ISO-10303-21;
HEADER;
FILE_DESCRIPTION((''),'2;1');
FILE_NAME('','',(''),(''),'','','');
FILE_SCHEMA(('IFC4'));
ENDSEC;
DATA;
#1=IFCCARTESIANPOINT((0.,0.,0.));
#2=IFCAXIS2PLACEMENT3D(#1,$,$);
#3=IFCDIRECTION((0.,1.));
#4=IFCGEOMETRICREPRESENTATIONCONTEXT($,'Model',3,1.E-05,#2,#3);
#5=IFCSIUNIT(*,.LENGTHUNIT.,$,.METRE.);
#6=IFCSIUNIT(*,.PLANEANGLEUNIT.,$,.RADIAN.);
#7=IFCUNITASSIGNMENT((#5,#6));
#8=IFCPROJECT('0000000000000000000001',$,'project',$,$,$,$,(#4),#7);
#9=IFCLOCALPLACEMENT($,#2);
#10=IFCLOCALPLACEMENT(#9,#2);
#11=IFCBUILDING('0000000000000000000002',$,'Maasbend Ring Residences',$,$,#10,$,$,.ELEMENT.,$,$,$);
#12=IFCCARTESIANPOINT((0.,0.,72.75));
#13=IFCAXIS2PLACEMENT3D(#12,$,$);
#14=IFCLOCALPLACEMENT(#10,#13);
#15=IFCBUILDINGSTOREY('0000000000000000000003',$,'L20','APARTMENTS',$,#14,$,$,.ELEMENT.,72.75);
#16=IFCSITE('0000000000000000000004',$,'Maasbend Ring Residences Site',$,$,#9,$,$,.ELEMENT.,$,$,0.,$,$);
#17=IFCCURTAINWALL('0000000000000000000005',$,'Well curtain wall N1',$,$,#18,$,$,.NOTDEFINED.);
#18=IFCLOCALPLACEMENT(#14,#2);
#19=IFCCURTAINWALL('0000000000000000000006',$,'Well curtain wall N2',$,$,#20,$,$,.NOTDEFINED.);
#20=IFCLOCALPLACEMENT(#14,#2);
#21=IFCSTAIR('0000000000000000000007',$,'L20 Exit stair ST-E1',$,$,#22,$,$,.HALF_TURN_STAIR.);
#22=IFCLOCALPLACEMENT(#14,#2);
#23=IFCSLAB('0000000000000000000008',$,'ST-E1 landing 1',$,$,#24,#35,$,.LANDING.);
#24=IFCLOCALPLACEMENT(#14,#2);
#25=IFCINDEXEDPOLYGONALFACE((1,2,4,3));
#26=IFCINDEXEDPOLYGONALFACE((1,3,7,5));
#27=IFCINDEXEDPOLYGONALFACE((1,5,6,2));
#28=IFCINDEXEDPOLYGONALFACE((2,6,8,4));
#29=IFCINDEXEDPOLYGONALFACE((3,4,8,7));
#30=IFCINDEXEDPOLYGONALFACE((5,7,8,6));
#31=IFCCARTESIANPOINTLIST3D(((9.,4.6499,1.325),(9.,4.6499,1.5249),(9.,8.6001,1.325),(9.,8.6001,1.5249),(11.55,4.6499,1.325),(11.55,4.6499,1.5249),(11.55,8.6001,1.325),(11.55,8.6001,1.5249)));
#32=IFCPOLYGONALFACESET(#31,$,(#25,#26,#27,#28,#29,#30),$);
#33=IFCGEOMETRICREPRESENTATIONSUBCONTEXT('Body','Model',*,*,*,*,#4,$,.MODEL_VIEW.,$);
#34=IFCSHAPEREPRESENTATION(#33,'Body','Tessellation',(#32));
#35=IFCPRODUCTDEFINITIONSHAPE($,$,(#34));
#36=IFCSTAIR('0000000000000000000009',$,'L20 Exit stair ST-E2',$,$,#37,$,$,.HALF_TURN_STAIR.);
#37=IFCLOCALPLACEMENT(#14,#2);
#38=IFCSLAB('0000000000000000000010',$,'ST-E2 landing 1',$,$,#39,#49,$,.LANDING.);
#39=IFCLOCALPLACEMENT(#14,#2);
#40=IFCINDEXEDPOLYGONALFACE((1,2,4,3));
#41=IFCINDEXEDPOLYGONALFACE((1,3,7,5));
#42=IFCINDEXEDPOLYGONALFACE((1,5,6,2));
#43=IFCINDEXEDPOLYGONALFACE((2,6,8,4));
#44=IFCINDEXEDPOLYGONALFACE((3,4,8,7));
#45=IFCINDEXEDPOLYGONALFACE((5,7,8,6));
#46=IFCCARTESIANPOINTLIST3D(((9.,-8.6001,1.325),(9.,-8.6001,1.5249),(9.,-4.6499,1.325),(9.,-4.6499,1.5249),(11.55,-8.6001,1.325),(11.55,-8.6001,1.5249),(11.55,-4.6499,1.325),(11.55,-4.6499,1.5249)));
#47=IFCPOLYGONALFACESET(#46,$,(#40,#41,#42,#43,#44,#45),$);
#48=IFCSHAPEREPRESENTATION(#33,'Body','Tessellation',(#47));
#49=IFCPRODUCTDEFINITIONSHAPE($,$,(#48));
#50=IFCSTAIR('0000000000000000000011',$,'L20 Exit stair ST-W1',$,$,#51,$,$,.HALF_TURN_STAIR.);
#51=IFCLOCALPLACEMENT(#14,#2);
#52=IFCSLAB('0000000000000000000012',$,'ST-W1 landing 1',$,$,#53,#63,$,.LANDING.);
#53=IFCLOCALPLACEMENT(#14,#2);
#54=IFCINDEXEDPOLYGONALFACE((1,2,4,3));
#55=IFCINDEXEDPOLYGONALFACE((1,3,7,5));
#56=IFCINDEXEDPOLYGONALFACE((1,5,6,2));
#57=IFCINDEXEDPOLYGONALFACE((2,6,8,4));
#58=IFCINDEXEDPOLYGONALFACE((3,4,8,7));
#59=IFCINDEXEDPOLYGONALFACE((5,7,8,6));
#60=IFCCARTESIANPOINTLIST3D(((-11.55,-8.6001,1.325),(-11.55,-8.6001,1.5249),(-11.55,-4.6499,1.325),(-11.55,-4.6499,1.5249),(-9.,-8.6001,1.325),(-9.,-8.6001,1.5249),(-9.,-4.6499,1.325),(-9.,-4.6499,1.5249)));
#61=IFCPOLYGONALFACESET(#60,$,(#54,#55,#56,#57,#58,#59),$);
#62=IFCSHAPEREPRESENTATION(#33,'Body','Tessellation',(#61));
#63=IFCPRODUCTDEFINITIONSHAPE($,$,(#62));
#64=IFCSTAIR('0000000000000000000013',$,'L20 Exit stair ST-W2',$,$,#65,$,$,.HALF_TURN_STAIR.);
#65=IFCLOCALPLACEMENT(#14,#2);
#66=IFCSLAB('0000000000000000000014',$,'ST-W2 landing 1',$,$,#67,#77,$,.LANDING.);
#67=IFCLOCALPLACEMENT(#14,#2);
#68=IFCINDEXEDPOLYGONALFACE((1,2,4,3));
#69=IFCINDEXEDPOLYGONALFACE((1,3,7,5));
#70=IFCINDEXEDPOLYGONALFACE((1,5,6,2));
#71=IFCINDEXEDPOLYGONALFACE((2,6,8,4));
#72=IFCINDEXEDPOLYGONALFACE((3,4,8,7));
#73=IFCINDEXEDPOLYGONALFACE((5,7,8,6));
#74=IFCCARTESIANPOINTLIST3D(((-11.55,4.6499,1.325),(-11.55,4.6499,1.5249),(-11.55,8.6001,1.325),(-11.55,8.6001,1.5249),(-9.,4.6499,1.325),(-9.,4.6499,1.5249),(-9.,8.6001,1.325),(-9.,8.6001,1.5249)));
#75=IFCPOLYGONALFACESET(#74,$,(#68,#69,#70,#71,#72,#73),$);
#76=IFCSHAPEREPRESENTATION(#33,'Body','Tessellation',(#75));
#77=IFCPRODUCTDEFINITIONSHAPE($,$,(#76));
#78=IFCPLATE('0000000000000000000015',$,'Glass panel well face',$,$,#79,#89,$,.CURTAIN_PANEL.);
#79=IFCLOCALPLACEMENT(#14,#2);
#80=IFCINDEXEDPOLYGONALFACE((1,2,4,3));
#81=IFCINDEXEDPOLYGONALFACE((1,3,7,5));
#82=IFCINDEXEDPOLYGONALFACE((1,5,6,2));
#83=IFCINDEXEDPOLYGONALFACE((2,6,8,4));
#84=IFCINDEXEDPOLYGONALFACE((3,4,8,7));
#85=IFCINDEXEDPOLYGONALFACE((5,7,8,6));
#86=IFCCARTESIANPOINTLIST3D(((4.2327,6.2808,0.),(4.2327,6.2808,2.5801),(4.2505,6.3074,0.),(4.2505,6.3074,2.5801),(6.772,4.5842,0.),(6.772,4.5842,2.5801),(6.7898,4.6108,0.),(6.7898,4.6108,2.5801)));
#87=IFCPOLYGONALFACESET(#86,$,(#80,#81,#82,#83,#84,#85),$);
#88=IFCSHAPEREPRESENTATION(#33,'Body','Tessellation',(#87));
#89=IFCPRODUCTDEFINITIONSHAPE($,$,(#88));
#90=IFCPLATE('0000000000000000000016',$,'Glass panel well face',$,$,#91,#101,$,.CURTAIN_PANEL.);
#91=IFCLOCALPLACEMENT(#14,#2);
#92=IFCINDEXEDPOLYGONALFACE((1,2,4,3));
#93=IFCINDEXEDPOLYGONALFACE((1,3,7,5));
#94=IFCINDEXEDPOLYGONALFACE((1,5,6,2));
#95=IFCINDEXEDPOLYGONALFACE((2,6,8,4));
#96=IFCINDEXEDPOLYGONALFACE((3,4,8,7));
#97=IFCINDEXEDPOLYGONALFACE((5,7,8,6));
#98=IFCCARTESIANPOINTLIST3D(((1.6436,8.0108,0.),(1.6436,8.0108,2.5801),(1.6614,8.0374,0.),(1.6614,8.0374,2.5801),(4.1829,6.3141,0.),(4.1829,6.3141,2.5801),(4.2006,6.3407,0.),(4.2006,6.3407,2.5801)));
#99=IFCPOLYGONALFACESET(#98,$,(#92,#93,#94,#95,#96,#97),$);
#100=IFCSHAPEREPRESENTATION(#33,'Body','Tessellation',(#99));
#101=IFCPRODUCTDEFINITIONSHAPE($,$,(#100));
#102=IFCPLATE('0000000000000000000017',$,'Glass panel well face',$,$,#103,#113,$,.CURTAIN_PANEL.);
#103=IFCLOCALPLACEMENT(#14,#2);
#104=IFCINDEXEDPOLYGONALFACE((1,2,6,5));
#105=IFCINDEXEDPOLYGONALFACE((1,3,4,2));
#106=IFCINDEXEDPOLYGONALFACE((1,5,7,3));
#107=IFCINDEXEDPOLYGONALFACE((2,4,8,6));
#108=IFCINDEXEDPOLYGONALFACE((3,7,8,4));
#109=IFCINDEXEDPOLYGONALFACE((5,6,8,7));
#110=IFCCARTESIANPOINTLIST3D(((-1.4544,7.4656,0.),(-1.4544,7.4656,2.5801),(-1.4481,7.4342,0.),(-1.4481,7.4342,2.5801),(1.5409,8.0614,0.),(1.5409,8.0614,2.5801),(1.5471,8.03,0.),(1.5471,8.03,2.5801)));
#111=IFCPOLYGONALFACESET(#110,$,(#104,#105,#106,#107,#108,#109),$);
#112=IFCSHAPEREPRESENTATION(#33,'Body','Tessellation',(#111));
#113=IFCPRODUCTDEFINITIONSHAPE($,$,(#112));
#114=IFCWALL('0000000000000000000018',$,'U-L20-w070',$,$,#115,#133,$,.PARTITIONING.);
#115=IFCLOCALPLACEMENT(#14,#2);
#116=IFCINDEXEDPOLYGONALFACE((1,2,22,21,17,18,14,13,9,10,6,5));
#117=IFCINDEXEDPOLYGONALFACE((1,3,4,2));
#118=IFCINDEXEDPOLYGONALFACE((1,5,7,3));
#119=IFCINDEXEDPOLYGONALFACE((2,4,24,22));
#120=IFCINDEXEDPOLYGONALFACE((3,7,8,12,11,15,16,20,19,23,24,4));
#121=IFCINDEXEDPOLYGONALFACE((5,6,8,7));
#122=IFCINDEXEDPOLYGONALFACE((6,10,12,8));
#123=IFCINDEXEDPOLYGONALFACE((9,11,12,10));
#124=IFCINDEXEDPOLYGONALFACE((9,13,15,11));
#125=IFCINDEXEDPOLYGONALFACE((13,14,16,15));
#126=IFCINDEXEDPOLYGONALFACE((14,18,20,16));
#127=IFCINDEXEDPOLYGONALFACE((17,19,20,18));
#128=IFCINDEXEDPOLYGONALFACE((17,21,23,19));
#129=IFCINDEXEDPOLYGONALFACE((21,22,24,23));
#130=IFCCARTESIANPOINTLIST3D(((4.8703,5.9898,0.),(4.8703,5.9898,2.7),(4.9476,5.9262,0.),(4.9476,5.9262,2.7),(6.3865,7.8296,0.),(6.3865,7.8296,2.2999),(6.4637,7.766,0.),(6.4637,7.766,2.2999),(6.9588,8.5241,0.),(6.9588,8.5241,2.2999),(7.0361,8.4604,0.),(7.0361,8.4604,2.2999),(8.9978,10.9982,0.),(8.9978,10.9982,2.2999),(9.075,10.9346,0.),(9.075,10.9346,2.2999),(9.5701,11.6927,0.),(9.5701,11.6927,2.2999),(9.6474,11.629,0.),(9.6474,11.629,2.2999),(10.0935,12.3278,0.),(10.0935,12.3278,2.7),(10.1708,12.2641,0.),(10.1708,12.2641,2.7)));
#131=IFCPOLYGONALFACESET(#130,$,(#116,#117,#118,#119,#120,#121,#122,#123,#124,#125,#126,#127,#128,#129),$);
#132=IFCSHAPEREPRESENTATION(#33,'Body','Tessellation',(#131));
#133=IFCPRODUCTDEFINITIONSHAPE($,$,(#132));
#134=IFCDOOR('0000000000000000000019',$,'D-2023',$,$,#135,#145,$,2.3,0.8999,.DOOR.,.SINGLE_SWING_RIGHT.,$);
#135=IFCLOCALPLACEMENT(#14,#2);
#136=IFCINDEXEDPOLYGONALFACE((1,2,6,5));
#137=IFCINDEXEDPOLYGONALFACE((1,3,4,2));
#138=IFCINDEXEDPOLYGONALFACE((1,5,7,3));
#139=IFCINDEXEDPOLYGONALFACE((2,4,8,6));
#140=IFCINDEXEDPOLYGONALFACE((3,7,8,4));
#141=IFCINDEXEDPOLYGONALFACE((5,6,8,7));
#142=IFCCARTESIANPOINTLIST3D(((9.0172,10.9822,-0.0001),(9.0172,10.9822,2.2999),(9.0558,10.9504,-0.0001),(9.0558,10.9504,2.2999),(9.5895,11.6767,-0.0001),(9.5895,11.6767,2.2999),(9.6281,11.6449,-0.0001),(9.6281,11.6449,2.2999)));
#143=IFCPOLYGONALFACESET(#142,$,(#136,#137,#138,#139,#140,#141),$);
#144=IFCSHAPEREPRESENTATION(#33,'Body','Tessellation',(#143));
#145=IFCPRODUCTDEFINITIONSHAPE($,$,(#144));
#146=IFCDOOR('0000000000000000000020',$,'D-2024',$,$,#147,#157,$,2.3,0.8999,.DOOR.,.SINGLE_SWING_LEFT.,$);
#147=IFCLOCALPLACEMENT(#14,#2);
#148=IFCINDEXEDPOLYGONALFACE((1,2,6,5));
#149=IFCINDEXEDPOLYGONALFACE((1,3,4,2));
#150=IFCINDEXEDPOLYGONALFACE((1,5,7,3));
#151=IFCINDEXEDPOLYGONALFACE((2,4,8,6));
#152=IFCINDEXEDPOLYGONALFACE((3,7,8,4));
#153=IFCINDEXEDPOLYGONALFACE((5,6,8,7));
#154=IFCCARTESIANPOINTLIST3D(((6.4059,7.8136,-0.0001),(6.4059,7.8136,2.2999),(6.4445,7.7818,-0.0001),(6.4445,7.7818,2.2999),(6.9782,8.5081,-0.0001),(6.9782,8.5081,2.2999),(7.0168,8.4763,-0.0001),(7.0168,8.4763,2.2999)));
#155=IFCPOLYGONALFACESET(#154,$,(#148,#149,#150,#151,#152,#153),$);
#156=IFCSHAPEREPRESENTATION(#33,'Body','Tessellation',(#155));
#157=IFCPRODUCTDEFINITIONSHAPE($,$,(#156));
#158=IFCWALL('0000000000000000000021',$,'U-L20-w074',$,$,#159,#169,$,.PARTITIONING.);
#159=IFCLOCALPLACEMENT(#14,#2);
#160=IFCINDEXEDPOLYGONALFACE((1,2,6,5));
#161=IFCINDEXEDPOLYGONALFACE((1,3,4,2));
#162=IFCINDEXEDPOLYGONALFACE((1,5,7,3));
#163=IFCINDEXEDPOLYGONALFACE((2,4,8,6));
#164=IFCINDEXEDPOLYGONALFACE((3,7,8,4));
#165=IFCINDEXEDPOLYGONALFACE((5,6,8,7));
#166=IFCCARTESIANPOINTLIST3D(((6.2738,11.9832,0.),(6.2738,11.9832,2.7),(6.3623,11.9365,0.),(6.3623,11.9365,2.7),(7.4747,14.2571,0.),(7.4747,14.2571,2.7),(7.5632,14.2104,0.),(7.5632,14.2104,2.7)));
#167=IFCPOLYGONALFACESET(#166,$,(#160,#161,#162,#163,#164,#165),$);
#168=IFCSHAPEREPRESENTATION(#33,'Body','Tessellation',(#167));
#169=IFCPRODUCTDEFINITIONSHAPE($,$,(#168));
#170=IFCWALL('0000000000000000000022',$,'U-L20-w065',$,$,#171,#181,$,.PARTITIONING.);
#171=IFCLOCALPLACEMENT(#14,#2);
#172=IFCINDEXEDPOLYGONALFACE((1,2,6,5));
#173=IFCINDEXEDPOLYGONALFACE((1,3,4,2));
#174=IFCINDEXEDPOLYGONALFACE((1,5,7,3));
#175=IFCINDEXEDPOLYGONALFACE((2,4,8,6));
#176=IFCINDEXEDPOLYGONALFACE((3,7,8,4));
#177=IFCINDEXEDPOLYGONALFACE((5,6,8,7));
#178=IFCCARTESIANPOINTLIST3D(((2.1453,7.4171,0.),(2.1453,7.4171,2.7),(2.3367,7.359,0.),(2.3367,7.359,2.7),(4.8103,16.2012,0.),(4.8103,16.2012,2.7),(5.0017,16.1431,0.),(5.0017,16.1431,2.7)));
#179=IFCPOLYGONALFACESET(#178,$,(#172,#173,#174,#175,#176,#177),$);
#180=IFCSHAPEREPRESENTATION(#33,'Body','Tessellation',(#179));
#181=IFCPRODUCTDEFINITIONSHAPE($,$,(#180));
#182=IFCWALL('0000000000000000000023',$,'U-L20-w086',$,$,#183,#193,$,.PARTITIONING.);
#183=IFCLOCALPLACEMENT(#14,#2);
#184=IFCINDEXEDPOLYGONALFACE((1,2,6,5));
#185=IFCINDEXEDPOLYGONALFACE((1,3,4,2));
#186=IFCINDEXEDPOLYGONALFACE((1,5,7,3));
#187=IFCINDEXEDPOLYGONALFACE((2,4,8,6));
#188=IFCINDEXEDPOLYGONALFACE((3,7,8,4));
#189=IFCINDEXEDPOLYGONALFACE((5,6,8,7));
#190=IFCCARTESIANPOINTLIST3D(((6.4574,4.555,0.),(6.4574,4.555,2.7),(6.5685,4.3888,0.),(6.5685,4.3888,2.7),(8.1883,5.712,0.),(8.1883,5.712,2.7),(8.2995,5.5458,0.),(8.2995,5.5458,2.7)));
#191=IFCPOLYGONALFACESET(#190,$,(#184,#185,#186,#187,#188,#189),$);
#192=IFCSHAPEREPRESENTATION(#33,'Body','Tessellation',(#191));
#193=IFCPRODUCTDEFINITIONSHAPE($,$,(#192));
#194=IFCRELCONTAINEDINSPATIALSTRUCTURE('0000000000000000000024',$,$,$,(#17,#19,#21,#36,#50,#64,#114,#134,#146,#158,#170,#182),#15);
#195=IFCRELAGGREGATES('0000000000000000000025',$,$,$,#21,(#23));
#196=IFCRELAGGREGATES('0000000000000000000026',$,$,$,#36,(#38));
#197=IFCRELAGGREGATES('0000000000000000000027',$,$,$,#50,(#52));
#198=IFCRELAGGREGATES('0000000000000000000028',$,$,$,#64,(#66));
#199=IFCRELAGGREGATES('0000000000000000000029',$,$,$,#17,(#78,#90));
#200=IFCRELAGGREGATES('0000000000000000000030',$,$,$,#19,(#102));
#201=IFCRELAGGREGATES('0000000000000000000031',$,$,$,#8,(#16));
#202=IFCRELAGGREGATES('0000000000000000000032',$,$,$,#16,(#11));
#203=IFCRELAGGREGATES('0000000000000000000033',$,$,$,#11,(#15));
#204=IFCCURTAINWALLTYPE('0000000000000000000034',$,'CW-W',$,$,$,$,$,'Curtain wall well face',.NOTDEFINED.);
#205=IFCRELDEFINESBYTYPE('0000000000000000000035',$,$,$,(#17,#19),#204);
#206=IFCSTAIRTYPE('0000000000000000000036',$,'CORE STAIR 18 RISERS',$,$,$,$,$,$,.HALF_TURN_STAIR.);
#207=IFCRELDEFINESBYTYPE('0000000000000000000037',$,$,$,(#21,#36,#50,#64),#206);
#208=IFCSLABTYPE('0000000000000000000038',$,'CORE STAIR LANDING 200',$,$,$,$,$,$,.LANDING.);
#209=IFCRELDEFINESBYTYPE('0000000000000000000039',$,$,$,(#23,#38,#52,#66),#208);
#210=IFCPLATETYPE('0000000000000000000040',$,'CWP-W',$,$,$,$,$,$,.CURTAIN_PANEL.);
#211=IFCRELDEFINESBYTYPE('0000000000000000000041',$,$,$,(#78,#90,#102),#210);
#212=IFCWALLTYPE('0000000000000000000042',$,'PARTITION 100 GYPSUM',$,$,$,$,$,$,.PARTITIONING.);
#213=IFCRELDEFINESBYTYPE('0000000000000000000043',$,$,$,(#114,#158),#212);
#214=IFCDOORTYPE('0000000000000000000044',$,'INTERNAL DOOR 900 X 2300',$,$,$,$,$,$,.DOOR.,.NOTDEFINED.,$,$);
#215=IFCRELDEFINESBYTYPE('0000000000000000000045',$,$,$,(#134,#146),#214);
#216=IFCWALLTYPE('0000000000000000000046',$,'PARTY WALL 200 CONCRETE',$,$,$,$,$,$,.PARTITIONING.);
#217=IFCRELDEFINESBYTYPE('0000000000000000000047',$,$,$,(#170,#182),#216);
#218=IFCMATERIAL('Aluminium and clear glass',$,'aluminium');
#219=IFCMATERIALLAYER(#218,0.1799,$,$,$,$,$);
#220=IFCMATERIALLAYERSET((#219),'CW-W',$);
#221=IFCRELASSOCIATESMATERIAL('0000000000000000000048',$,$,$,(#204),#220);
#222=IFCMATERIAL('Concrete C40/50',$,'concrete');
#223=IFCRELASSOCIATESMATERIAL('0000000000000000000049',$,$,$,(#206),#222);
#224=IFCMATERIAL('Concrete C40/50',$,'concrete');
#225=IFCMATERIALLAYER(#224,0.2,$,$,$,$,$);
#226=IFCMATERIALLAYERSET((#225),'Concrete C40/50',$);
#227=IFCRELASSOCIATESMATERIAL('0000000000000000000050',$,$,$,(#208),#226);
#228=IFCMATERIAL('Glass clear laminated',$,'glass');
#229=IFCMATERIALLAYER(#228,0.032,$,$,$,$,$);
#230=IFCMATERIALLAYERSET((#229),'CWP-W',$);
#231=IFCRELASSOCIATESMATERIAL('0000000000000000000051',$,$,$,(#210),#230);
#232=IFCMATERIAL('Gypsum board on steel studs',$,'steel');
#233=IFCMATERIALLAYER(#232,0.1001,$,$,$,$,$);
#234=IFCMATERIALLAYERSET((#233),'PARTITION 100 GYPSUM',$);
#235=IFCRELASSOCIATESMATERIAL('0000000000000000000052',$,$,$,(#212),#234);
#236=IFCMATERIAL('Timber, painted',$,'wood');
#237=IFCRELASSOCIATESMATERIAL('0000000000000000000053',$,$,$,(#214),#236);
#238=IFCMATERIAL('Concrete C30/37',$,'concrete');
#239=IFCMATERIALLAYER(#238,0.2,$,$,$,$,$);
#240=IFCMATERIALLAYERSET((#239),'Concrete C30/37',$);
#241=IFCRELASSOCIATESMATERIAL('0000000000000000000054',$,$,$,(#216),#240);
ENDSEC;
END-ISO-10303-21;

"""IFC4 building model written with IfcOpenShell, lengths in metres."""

from ifc_helpers import new_model, si_unit, direction, frame, frame_2d, origin, origin_2d, place, context, subcontext, project, spatial, polyline, rectangle, outline, extrude, material, layer, layer_set, type_object, element, fill, aggregate, save


model = new_model("IFC4")

# Units and contexts
model_context = context("Model", 3, precision=1e-05, world=origin(), true_north=direction((0.0, 1.0)))
body_context = subcontext(model_context, "Body", "Model", "MODEL_VIEW")
ifc_project = project(units=[si_unit("LENGTHUNIT", "METRE"), si_unit("PLANEANGLEUNIT", "RADIAN")], contexts=[model_context])

# Site, building, storey
site_placement = place(None, origin())
site = spatial("IfcSite", under=ifc_project, at=site_placement, Name="Maasbend Ring Residences Site", CompositionType="ELEMENT", RefElevation=0.0)
building_placement = place(site_placement, origin())
building = spatial("IfcBuilding", under=site, at=building_placement, Name="Maasbend Ring Residences", CompositionType="ELEMENT")
storey_placement = place(building_placement, frame((0.0, 0.0, 72.75)))
storey = spatial("IfcBuildingStorey", under=building, at=storey_placement, Name="L20", Description="APARTMENTS", CompositionType="ELEMENT", Elevation=72.75)

# Curtain wall
ifc_material_1 = material(Name="Aluminium and clear glass", Category="aluminium")
ifc_layer_1 = layer(ifc_material_1, 0.1799)
ifc_layer_set_1 = layer_set([ifc_layer_1], Name="CW-W")
curtain_wall_type = type_object("IfcCurtainWallType", Name="CW-W", ElementType="Curtain wall well face", PredefinedType="NOTDEFINED", material=ifc_layer_set_1)
curtain_wall_1_placement = place(storey_placement, origin())
curtain_wall_1 = element("IfcCurtainWall", 1, at=curtain_wall_1_placement, inside=storey, type_object=curtain_wall_type, Name="Well curtain wall N1", PredefinedType="NOTDEFINED")

# Curtain wall
curtain_wall_2_placement = place(storey_placement, origin())
curtain_wall_2 = element("IfcCurtainWall", 2, at=curtain_wall_2_placement, inside=storey, type_object=curtain_wall_type, Name="Well curtain wall N2", PredefinedType="NOTDEFINED")

# Stairs, slabs
ifc_material_2 = material(Name="Concrete C40/50", Category="concrete")
stair_type = type_object("IfcStairType", Name="CORE STAIR 18 RISERS", PredefinedType="HALF_TURN_STAIR", material=ifc_material_2)
stair_1_placement = place(storey_placement, origin())
stair_1 = element("IfcStair", 3, at=stair_1_placement, inside=storey, type_object=stair_type, Name="L20 Exit stair ST-E1", PredefinedType="HALF_TURN_STAIR")
ifc_material_3 = material(Name="Concrete C40/50", Category="concrete")
ifc_layer_2 = layer(ifc_material_3, 0.2)
ifc_layer_set_2 = layer_set([ifc_layer_2], Name="Concrete C40/50")
slab_type = type_object("IfcSlabType", Name="CORE STAIR LANDING 200", PredefinedType="LANDING", material=ifc_layer_set_2)
slab_1_placement = place(storey_placement, frame((0.0, 0.0, 1.325)))
slab_1 = element("IfcSlab", 4, at=slab_1_placement, type_object=slab_type, Name="ST-E1 landing 1", PredefinedType="LANDING", context=body_context, shape_type="SweptSolid", body=[
    extrude(outline(polyline([(11.55, 8.6001), (9.0, 8.6001), (9.0, 4.6499), (11.55, 4.6499), (11.55, 8.6001)])), origin(), (0.0, 0.0, 1.0), 0.2),
])
aggregate(stair_1, [slab_1])
stair_2_placement = place(storey_placement, origin())
stair_2 = element("IfcStair", 5, at=stair_2_placement, inside=storey, type_object=stair_type, Name="L20 Exit stair ST-E2", PredefinedType="HALF_TURN_STAIR")
slab_2_placement = place(storey_placement, frame((0.0, 0.0, 1.325)))
slab_2 = element("IfcSlab", 6, at=slab_2_placement, type_object=slab_type, Name="ST-E2 landing 1", PredefinedType="LANDING", context=body_context, shape_type="SweptSolid", body=[
    extrude(outline(polyline([(11.55, -4.6499), (9.0, -4.6499), (9.0, -8.6001), (11.55, -8.6001), (11.55, -4.6499)])), origin(), (0.0, 0.0, 1.0), 0.2),
])
aggregate(stair_2, [slab_2])
stair_3_placement = place(storey_placement, origin())
stair_3 = element("IfcStair", 7, at=stair_3_placement, inside=storey, type_object=stair_type, Name="L20 Exit stair ST-W1", PredefinedType="HALF_TURN_STAIR")
slab_3_placement = place(storey_placement, frame((0.0, 0.0, 1.325)))
slab_3 = element("IfcSlab", 8, at=slab_3_placement, type_object=slab_type, Name="ST-W1 landing 1", PredefinedType="LANDING", context=body_context, shape_type="SweptSolid", body=[
    extrude(outline(polyline([(-11.55, -8.6001), (-9.0, -8.6001), (-9.0, -4.6499), (-11.55, -4.6499), (-11.55, -8.6001)])), origin(), (0.0, 0.0, 1.0), 0.2),
])
aggregate(stair_3, [slab_3])
stair_4_placement = place(storey_placement, origin())
stair_4 = element("IfcStair", 9, at=stair_4_placement, inside=storey, type_object=stair_type, Name="L20 Exit stair ST-W2", PredefinedType="HALF_TURN_STAIR")
slab_4_placement = place(storey_placement, frame((0.0, 0.0, 1.325)))
slab_4 = element("IfcSlab", 10, at=slab_4_placement, type_object=slab_type, Name="ST-W2 landing 1", PredefinedType="LANDING", context=body_context, shape_type="SweptSolid", body=[
    extrude(outline(polyline([(-11.55, 4.6499), (-9.0, 4.6499), (-9.0, 8.6001), (-11.55, 8.6001), (-11.55, 4.6499)])), origin(), (0.0, 0.0, 1.0), 0.2),
])
aggregate(stair_4, [slab_4])

# Plates
ifc_material_4 = material(Name="Glass clear laminated", Category="glass")
ifc_layer_3 = layer(ifc_material_4, 0.032)
ifc_layer_set_3 = layer_set([ifc_layer_3], Name="CWP-W")
plate_type = type_object("IfcPlateType", Name="CWP-W", PredefinedType="CURTAIN_PANEL", material=ifc_layer_set_3)
plate_1_placement = place(storey_placement, frame((5.5112, 5.4458, 0.0), z_axis=(0.0, 0.0, 1.0), x_axis=(-0.83147, 0.55557, 0.0)))
plate_1 = element("IfcPlate", 11, at=plate_1_placement, type_object=plate_type, Name="Glass panel well face", PredefinedType="CURTAIN_PANEL", context=body_context, shape_type="SweptSolid", body=[
    extrude(rectangle(XDim=3.054, YDim=0.032, at=origin_2d()), origin(), (0.0, 0.0, 1.0), 2.5801),
])
plate_2_placement = place(storey_placement, frame((2.9221, 7.1758, 0.0), z_axis=(0.0, 0.0, 1.0), x_axis=(-0.83147, 0.55557, 0.0)))
plate_2 = element("IfcPlate", 12, at=plate_2_placement, type_object=plate_type, Name="Glass panel well face", PredefinedType="CURTAIN_PANEL", context=body_context, shape_type="SweptSolid", body=[
    extrude(rectangle(XDim=3.054, YDim=0.032, at=origin_2d()), origin(), (0.0, 0.0, 1.0), 2.5801),
])
aggregate(curtain_wall_1, [plate_1, plate_2])
plate_3_placement = place(storey_placement, frame((0.0464, 7.7478, 0.0), z_axis=(0.0, 0.0, 1.0), x_axis=(-0.980785, -0.19509, 0.0)))
plate_3 = element("IfcPlate", 13, at=plate_3_placement, type_object=plate_type, Name="Glass panel well face", PredefinedType="CURTAIN_PANEL", context=body_context, shape_type="SweptSolid", body=[
    extrude(rectangle(XDim=3.054, YDim=0.032, at=origin_2d()), origin(), (0.0, 0.0, 1.0), 2.5801),
])
aggregate(curtain_wall_2, [plate_3])

# Wall, openings, doors
ifc_material_5 = material(Name="Gypsum board on steel studs", Category="steel")
ifc_layer_4 = layer(ifc_material_5, 0.1001)
ifc_layer_set_4 = layer_set([ifc_layer_4], Name="PARTITION 100 GYPSUM")
wall_type_1 = type_object("IfcWallType", Name="PARTITION 100 GYPSUM", PredefinedType="PARTITIONING", material=ifc_layer_set_4)
wall_1_placement = place(storey_placement, frame((4.9089, 5.958, 0.0), z_axis=(0.0, 0.0, 1.0), x_axis=(0.635976, 0.771709, 0.0)))
wall_1 = element("IfcWall", 14, at=wall_1_placement, inside=storey, type_object=wall_type_1, Name="U-L20-w070", PredefinedType="PARTITIONING", context=body_context, shape_type="SweptSolid", body=[
    extrude(rectangle(XDim=8.2129, YDim=0.1001, at=frame_2d((4.1064, 0.0))), origin(), (0.0, 0.0, 1.0), 2.7),
])
opening_1_placement = place(wall_1_placement, frame((6.49, 0.0, 0.0)))
opening_1 = element("IfcOpeningElement", 15, at=opening_1_placement, cuts=wall_1, PredefinedType="OPENING", context=body_context, shape_type="SweptSolid", body=[
    extrude(rectangle(XDim=0.8999, YDim=2.3, at=frame_2d((0.45, 1.1499))), frame((0.0, 0.0601, 0.0), z_axis=(0.0, -1.0, 0.0), x_axis=(1.0, 0.0, 0.0)), (0.0, 0.0, 1.0), 0.1201),
])
opening_2_placement = place(wall_1_placement, frame((2.384, 0.0, 0.0)))
opening_2 = element("IfcOpeningElement", 16, at=opening_2_placement, cuts=wall_1, PredefinedType="OPENING", context=body_context, shape_type="SweptSolid", body=[
    extrude(rectangle(XDim=0.8999, YDim=2.3, at=frame_2d((0.45, 1.1499))), frame((0.0, 0.0601, 0.0), z_axis=(0.0, -1.0, 0.0), x_axis=(1.0, 0.0, 0.0)), (0.0, 0.0, 1.0), 0.1201),
])
ifc_material_6 = material(Name="Timber, painted", Category="wood")
door_type = type_object("IfcDoorType", Name="INTERNAL DOOR 900 X 2300", OperationType="NOTDEFINED", PredefinedType="DOOR", material=ifc_material_6)
door_1_placement = place(opening_1_placement, origin())
door_1 = element("IfcDoor", 17, at=door_1_placement, inside=storey, type_object=door_type, Name="D-2023", OperationType="SINGLE_SWING_RIGHT", OverallHeight=2.3, OverallWidth=0.8999, PredefinedType="DOOR", context=body_context, shape_type="SweptSolid", body=[
    extrude(rectangle(XDim=0.8999, YDim=2.3, at=frame_2d((0.45, 1.1499))), frame((0.0, 0.0249, 0.0), z_axis=(0.0, -1.0, 0.0), x_axis=(1.0, 0.0, 0.0)), (0.0, 0.0, 1.0), 0.05),
])
fill(opening_1, door_1)
door_2_placement = place(opening_2_placement, origin())
door_2 = element("IfcDoor", 18, at=door_2_placement, inside=storey, type_object=door_type, Name="D-2024", OperationType="SINGLE_SWING_LEFT", OverallHeight=2.3, OverallWidth=0.8999, PredefinedType="DOOR", context=body_context, shape_type="SweptSolid", body=[
    extrude(rectangle(XDim=0.8999, YDim=2.3, at=frame_2d((0.45, 1.1499))), frame((0.0, 0.0249, 0.0), z_axis=(0.0, -1.0, 0.0), x_axis=(1.0, 0.0, 0.0)), (0.0, 0.0, 1.0), 0.05),
])
fill(opening_2, door_2)

# Walls
wall_2_placement = place(storey_placement, frame((6.3181, 11.96, 0.0), z_axis=(0.0, 0.0, 1.0), x_axis=(0.467002, 0.884256, 0.0)))
element("IfcWall", 19, at=wall_2_placement, inside=storey, type_object=wall_type_1, Name="U-L20-w074", PredefinedType="PARTITIONING", context=body_context, shape_type="SweptSolid", body=[
    extrude(rectangle(XDim=2.5715, YDim=0.1001, at=frame_2d((1.2856, 0.0))), origin(), (0.0, 0.0, 1.0), 2.7),
])
ifc_material_7 = material(Name="Concrete C30/37", Category="concrete")
ifc_layer_5 = layer(ifc_material_7, 0.2)
ifc_layer_set_5 = layer_set([ifc_layer_5], Name="Concrete C30/37")
wall_type_2 = type_object("IfcWallType", Name="PARTY WALL 200 CONCRETE", PredefinedType="PARTITIONING", material=ifc_layer_set_5)
wall_3_placement = place(storey_placement, frame((2.241, 7.3879, 0.0), z_axis=(0.0, 0.0, 1.0), x_axis=(0.290323, 0.956929, 0.0)))
element("IfcWall", 20, at=wall_3_placement, inside=storey, type_object=wall_type_2, Name="U-L20-w065", PredefinedType="PARTITIONING", context=body_context, shape_type="SweptSolid", body=[
    extrude(rectangle(XDim=9.1794, YDim=0.2, at=frame_2d((4.5898, 0.0))), origin(), (0.0, 0.0, 1.0), 2.7),
])
wall_4_placement = place(storey_placement, frame((6.5129, 4.4719, 0.0), z_axis=(0.0, 0.0, 1.0), x_axis=(0.831382, 0.555701, 0.0)))
element("IfcWall", 21, at=wall_4_placement, inside=storey, type_object=wall_type_2, Name="U-L20-w086", PredefinedType="PARTITIONING", context=body_context, shape_type="SweptSolid", body=[
    extrude(rectangle(XDim=2.082, YDim=0.2, at=frame_2d((1.041, 0.0))), origin(), (0.0, 0.0, 1.0), 2.7),
])

save(model, "model.ifc")
